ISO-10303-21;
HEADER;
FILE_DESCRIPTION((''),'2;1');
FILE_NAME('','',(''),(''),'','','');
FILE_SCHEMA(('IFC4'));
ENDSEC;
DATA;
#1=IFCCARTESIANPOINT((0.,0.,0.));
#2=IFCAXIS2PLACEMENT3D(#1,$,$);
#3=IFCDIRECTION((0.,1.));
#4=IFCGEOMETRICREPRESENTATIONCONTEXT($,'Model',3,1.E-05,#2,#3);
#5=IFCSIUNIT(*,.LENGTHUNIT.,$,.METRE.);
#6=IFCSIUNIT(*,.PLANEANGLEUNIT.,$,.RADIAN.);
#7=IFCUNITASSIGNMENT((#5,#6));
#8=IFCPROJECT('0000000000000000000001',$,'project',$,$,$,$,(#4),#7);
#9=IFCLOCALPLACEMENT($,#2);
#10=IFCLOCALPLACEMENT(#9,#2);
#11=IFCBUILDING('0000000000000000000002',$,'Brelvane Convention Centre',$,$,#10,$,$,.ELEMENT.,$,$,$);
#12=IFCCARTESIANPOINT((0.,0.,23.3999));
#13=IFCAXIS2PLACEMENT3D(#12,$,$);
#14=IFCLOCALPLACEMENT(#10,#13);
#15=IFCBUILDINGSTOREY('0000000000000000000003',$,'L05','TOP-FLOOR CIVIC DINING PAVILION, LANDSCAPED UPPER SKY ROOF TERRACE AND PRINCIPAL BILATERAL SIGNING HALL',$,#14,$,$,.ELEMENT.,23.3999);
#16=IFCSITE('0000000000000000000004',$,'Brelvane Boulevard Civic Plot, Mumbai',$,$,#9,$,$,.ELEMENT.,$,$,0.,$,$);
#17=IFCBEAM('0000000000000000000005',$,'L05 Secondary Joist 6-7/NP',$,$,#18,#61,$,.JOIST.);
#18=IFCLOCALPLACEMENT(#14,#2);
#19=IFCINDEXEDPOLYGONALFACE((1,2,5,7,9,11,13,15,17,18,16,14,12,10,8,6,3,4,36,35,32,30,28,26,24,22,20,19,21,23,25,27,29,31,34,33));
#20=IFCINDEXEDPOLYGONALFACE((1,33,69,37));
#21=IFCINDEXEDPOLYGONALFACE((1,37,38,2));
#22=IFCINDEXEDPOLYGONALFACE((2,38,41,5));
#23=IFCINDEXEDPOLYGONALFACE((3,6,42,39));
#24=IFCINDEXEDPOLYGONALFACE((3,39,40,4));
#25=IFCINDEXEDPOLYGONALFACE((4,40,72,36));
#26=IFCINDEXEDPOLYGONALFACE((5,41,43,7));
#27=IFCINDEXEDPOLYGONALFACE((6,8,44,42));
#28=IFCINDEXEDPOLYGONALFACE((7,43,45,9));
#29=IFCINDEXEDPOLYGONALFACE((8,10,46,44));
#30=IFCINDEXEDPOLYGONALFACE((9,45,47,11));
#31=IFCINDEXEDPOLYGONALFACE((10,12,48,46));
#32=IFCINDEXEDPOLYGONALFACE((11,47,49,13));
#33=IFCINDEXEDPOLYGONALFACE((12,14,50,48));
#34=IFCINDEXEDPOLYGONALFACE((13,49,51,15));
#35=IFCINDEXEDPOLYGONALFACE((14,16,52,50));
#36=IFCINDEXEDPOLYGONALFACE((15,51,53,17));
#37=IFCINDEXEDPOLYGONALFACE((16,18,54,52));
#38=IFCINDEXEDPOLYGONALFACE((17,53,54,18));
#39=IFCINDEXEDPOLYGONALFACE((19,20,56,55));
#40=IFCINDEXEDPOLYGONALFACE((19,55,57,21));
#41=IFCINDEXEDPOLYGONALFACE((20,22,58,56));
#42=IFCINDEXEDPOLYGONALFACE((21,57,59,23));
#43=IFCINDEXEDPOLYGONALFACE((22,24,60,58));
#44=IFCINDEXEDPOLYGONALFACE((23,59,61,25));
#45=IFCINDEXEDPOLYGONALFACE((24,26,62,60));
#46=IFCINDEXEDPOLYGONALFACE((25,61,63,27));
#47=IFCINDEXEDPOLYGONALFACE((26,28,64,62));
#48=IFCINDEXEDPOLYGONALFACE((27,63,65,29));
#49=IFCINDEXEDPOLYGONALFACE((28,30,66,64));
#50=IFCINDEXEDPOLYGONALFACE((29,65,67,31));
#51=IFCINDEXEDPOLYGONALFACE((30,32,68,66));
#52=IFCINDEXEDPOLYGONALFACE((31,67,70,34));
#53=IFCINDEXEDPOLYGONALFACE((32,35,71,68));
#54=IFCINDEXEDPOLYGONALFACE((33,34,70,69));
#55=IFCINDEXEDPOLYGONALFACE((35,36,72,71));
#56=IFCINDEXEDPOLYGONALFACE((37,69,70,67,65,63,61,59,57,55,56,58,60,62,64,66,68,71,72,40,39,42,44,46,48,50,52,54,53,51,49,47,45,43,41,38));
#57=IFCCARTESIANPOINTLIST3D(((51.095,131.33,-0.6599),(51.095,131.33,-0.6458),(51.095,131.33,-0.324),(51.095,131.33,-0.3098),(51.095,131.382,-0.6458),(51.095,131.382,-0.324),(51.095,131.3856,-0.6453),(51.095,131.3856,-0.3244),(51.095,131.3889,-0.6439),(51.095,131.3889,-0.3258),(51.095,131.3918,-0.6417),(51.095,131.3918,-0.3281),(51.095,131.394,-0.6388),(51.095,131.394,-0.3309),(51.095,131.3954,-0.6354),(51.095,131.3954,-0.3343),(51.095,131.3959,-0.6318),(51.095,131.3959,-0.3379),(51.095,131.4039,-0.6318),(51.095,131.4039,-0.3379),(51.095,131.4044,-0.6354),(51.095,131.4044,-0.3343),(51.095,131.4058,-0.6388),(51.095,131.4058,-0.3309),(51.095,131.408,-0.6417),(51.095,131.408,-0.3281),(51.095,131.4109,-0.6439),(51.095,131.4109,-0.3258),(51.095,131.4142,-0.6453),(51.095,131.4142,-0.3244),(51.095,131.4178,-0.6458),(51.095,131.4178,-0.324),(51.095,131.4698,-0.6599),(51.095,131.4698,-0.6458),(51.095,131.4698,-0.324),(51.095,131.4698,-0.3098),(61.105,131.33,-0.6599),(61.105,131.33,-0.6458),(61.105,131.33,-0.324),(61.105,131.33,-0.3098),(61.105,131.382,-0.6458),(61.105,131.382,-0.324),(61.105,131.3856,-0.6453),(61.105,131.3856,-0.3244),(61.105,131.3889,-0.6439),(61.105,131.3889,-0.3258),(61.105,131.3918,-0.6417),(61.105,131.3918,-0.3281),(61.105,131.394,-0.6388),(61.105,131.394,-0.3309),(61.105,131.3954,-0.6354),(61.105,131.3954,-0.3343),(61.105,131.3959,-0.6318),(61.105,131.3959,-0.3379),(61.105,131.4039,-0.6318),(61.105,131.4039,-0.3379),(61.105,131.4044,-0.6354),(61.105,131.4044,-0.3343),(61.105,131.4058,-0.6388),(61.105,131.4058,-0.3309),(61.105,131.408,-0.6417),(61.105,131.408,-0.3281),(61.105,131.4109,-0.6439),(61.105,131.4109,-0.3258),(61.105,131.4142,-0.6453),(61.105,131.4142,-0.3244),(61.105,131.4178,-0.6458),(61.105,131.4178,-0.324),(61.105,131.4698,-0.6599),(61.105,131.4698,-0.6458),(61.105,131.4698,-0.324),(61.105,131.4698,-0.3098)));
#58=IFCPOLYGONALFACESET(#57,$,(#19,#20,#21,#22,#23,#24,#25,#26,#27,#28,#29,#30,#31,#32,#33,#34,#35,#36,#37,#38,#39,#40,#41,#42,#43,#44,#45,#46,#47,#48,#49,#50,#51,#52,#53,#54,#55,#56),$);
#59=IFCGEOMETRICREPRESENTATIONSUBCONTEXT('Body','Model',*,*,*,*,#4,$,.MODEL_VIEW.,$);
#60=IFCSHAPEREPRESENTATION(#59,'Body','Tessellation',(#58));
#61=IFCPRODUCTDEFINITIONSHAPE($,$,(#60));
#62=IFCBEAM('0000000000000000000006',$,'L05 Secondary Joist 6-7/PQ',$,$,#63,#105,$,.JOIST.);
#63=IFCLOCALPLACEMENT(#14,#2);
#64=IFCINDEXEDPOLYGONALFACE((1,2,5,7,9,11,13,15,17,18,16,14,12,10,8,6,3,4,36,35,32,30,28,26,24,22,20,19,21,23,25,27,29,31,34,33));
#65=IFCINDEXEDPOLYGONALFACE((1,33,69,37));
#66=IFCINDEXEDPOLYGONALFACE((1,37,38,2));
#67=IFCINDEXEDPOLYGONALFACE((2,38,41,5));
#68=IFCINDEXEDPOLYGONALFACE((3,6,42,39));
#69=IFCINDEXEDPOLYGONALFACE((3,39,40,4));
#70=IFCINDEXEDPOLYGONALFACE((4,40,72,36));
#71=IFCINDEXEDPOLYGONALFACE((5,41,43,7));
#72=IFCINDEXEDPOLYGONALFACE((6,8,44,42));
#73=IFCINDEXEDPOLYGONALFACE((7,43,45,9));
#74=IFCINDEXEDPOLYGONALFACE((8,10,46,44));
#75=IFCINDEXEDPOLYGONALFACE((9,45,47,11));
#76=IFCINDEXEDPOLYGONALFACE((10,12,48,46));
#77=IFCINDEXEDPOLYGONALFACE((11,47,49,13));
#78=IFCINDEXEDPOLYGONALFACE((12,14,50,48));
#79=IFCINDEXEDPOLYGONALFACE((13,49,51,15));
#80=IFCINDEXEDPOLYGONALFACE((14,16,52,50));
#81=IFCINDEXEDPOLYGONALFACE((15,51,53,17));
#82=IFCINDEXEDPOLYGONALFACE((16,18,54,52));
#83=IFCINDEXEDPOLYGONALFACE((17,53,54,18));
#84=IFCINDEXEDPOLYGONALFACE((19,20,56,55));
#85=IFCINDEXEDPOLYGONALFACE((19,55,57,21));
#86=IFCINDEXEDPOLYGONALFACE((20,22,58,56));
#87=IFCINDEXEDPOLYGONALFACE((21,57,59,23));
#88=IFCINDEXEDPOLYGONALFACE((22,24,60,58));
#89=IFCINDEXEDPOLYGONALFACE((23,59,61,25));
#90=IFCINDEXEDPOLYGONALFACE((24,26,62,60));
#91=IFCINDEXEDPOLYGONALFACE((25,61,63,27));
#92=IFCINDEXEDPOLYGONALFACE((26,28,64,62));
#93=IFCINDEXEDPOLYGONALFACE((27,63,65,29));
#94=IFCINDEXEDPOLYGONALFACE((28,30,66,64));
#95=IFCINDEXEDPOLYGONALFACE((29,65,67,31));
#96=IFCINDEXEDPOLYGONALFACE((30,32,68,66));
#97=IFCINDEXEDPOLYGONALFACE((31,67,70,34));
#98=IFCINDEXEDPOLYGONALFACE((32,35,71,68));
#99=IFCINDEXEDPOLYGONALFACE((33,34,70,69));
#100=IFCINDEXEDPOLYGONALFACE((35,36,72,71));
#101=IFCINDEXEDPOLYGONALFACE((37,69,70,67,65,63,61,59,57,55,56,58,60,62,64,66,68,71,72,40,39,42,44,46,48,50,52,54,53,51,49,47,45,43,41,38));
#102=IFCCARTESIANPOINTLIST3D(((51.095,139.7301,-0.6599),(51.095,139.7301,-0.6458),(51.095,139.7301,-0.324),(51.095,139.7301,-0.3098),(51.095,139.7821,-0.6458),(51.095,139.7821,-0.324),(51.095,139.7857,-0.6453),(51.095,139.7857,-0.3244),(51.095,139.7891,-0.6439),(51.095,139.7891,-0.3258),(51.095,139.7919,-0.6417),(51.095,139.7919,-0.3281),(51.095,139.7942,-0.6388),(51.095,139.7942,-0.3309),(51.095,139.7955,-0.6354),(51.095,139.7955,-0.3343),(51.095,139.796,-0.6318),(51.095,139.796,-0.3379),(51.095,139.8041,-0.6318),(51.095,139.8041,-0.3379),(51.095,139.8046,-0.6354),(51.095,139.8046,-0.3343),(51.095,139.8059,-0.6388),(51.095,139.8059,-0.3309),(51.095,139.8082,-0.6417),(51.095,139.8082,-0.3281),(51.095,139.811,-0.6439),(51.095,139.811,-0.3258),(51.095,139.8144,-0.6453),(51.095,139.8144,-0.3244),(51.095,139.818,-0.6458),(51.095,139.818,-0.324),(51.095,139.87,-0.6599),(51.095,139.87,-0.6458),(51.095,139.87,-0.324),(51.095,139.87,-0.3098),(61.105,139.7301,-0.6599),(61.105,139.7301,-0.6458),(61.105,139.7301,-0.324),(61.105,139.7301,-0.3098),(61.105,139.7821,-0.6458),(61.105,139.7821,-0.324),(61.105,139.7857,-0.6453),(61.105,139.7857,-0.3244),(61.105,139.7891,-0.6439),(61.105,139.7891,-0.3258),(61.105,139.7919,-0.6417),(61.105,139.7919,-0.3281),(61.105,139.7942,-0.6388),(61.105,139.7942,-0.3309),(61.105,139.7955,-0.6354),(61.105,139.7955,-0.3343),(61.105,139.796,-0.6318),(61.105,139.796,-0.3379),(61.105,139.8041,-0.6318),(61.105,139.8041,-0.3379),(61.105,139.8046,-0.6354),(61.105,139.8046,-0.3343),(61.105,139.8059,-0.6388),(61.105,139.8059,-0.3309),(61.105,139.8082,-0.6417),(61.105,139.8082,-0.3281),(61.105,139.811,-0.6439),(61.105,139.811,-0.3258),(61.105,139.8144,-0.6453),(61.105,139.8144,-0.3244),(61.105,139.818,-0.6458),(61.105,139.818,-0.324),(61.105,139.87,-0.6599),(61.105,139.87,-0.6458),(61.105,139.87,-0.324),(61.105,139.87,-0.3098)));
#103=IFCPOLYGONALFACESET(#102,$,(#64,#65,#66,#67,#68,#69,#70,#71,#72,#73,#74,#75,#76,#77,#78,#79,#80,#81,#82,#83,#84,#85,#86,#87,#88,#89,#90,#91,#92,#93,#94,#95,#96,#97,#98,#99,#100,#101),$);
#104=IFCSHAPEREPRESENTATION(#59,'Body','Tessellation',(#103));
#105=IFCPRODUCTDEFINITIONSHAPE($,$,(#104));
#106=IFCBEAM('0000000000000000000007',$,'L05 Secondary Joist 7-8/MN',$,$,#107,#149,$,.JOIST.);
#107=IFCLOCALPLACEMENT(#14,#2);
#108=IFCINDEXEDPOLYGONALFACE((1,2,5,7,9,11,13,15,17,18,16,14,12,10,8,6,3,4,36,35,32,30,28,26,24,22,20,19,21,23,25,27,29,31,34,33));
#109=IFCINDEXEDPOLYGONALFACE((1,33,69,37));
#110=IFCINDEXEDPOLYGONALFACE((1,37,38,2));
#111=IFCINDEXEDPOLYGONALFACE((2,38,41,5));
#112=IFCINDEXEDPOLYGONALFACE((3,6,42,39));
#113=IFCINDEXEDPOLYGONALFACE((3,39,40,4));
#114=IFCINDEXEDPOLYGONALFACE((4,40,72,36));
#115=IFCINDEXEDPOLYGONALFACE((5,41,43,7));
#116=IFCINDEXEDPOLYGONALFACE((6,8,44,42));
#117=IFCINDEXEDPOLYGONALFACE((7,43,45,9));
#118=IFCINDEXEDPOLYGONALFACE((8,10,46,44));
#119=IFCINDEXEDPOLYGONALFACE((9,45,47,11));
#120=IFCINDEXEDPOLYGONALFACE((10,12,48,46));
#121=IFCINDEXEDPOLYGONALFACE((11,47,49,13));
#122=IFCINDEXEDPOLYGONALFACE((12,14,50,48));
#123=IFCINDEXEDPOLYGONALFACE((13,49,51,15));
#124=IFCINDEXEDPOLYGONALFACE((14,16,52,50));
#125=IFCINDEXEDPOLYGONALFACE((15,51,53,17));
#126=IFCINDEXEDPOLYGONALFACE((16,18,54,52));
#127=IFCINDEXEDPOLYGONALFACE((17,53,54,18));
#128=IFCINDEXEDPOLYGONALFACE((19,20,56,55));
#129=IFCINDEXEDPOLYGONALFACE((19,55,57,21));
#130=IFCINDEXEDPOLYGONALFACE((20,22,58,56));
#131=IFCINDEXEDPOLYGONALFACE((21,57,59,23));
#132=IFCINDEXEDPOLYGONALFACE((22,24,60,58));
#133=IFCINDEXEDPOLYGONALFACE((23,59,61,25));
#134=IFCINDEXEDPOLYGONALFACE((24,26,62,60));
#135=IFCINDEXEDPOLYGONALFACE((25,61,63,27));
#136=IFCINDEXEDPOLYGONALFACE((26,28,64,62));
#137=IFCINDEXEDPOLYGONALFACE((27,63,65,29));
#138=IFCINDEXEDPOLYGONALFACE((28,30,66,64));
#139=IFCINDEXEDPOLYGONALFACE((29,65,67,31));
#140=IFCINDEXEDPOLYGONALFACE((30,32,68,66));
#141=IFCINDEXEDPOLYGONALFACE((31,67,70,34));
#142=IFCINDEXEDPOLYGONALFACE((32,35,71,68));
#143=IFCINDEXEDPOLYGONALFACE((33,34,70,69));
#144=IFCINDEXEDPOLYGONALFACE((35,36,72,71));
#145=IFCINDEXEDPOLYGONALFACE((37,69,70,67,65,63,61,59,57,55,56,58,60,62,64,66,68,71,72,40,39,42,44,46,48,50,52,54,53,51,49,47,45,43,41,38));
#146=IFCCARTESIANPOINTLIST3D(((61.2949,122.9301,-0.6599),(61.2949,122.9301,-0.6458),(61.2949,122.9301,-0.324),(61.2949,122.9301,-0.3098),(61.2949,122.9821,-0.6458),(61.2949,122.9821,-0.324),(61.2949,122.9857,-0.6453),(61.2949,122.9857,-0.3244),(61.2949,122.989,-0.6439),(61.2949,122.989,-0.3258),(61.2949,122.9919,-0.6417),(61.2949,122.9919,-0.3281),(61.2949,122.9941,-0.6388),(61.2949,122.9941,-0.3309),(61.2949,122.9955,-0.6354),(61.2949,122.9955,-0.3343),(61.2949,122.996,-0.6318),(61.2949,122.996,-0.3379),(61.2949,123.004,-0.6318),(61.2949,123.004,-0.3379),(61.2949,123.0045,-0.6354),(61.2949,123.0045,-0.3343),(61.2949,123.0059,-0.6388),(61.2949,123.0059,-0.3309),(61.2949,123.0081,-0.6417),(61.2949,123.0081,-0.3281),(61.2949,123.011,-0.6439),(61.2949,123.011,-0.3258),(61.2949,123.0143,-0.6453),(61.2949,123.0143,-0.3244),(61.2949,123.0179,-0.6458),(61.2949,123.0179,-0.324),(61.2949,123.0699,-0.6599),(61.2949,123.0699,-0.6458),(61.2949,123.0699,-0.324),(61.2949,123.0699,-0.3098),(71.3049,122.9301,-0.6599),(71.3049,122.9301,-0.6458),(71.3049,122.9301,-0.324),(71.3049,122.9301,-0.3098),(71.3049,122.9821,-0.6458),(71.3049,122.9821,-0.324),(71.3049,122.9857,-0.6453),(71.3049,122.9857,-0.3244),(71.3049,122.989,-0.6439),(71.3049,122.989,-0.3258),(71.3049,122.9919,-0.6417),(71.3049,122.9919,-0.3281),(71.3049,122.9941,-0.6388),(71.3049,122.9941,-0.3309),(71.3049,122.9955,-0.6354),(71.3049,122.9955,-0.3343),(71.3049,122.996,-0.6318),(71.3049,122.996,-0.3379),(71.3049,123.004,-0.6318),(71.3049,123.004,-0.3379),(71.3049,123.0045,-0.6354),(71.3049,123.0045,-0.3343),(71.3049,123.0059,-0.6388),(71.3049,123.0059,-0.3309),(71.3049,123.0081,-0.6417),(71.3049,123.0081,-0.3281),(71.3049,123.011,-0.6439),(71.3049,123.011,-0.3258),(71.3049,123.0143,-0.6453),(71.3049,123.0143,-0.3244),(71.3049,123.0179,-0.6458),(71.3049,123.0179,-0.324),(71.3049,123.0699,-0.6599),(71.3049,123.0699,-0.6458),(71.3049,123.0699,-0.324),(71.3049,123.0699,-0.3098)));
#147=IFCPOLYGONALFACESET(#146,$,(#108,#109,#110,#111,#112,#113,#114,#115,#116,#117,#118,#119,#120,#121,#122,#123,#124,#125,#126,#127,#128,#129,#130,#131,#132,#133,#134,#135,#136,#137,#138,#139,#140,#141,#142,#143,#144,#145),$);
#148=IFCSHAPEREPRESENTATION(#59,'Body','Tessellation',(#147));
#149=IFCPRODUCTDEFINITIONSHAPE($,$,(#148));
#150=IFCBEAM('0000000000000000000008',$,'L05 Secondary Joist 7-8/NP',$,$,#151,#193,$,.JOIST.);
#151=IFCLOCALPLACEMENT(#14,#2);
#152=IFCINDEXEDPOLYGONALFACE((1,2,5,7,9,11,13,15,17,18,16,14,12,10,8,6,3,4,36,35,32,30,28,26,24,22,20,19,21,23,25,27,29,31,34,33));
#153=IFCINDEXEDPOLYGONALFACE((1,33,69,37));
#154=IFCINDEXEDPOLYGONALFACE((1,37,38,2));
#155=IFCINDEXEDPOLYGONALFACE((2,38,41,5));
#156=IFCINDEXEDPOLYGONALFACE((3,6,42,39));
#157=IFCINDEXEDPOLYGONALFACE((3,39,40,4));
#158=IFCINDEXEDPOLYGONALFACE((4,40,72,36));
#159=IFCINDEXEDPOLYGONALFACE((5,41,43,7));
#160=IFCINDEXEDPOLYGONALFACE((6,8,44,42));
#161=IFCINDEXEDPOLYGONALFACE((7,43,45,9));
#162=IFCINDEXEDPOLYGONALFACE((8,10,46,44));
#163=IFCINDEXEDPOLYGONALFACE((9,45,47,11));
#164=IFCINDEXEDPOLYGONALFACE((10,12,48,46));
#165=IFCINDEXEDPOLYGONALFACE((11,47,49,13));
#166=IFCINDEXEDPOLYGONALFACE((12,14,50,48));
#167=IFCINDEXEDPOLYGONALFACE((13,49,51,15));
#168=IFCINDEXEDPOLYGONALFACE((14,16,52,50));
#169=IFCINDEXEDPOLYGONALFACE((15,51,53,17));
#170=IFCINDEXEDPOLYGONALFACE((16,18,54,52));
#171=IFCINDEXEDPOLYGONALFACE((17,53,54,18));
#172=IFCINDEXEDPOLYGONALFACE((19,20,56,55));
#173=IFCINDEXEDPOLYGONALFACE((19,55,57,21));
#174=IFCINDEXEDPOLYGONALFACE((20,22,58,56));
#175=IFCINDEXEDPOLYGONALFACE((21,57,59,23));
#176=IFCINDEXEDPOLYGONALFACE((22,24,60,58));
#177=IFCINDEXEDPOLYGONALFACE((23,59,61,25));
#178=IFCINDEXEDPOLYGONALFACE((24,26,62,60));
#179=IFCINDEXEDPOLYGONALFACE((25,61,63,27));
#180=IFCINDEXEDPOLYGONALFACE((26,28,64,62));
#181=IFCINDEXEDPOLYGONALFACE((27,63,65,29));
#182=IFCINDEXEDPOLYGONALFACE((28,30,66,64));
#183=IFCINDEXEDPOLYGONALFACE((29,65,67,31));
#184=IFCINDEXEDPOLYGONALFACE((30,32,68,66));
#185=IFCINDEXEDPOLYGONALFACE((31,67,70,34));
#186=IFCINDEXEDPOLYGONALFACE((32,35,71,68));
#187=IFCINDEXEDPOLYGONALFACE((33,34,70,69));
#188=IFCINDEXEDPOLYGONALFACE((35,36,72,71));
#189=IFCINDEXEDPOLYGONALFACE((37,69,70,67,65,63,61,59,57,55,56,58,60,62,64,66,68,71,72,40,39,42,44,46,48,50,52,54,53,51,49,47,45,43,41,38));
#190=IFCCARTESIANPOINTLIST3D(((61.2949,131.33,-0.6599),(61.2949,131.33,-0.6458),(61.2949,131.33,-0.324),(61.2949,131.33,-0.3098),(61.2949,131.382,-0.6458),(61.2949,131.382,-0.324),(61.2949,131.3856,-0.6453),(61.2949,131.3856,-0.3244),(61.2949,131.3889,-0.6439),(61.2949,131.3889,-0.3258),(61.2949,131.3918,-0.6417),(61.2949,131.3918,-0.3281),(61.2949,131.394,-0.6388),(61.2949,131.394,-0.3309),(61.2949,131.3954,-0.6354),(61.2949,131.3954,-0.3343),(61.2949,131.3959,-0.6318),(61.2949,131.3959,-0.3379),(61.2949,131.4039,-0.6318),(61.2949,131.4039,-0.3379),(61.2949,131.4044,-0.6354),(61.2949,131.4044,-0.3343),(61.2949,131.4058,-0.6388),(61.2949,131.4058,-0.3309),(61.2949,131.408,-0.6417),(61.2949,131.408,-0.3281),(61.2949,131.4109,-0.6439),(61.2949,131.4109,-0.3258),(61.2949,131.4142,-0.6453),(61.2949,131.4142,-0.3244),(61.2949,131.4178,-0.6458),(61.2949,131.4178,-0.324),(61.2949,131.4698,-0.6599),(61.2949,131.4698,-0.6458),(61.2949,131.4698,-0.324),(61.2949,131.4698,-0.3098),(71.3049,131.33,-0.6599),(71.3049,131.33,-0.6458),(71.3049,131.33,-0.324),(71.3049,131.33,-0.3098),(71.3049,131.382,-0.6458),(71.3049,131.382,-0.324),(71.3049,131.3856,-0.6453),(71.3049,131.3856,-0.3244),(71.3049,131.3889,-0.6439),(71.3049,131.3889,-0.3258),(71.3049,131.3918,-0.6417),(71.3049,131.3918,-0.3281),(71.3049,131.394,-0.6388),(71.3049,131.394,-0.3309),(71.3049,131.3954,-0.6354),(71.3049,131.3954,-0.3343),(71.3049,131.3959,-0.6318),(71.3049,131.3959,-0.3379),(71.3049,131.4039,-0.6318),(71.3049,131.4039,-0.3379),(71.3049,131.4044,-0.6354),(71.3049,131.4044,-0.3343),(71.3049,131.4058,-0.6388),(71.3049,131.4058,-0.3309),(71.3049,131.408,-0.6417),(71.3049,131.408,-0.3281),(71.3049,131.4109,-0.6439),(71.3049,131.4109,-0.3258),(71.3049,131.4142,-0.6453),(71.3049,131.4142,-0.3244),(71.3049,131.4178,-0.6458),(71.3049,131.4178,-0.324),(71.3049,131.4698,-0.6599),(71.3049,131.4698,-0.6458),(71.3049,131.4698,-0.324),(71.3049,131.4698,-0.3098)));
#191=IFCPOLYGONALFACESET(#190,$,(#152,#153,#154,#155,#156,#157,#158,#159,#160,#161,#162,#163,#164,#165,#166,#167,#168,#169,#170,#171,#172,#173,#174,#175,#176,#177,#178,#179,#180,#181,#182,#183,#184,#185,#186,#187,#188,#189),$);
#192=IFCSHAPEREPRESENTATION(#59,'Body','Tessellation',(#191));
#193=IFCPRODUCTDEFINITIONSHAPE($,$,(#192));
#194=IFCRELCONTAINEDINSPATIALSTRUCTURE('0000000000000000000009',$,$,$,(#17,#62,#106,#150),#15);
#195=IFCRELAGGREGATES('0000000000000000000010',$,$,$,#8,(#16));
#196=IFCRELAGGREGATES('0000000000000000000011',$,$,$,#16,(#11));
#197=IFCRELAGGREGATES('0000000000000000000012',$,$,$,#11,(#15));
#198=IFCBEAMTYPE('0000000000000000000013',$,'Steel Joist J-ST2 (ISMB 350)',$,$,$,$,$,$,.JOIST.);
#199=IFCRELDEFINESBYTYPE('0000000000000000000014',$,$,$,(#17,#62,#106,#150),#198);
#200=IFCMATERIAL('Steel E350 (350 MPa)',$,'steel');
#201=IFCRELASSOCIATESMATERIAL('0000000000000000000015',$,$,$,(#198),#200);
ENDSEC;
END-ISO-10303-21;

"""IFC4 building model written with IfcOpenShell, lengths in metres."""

from ifc_helpers import new_model, si_unit, direction, frame, origin, origin_2d, place, context, subcontext, project, spatial, i_section, extrude, material, material_profile, profile_set, type_object, element, save


model = new_model("IFC4")

# Units and contexts
model_context = context("Model", 3, precision=1e-05, world=origin(), true_north=direction((0.0, 1.0)))
body_context = subcontext(model_context, "Body", "Model", "MODEL_VIEW")
ifc_project = project(units=[si_unit("LENGTHUNIT", "METRE"), si_unit("PLANEANGLEUNIT", "RADIAN")], contexts=[model_context])

# Site, building, storey
site_placement = place(None, origin())
site = spatial("IfcSite", under=ifc_project, at=site_placement, Name="Brelvane Boulevard Civic Plot, Mumbai", CompositionType="ELEMENT", RefElevation=0.0)
building_placement = place(site_placement, origin())
building = spatial("IfcBuilding", under=site, at=building_placement, Name="Brelvane Convention Centre", CompositionType="ELEMENT")
storey_placement = place(building_placement, frame((0.0, 0.0, 23.3999)))
storey = spatial("IfcBuildingStorey", under=building, at=storey_placement, Name="L05", Description="TOP-FLOOR CIVIC DINING PAVILION, LANDSCAPED UPPER SKY ROOF TERRACE AND PRINCIPAL BILATERAL SIGNING HALL", CompositionType="ELEMENT", Elevation=23.3999)

# Beams
ifc_material_1 = material(Name="Steel E350 (350 MPa)", Category="steel")
ifc_material_profile_1 = material_profile(ifc_material_1, i_section(OverallWidth=0.1399, OverallDepth=0.3501, WebThickness=0.0081, FlangeThickness=0.0142, FilletRadius=0.0139, at=origin_2d()), Name="ISMB 350")
ifc_profile_set_1 = profile_set([ifc_material_profile_1], Name="Steel E350 (350 MPa)")
beam_type_1 = type_object("IfcBeamType", Name="Steel Joist J-ST2 (ISMB 350)", PredefinedType="JOIST", material=ifc_profile_set_1)
for number, where, z_axis, x_axis, name in (
    (1, (51.095, 131.3999, -0.4849), (1.0, 0.0, 0.0), (0.0, 1.0, 0.0), "L05 Secondary Joist 6-7/NP"),
    (2, (51.095, 139.8, -0.4849), (1.0, 0.0, 0.0), (0.0, 1.0, 0.0), "L05 Secondary Joist 6-7/PQ"),
    (3, (61.2949, 123.0, -0.4849), (1.0, 0.0, 0.0), (0.0, 1.0, 0.0), "L05 Secondary Joist 7-8/MN"),
    (4, (61.2949, 131.3999, -0.4849), (1.0, 0.0, 0.0), (0.0, 1.0, 0.0), "L05 Secondary Joist 7-8/NP"),
):
    element("IfcBeam", number, at=place(storey_placement, frame(where, z_axis=z_axis, x_axis=x_axis)), inside=storey, type_object=beam_type_1, Name=name, PredefinedType="JOIST", context=body_context, shape_type="SweptSolid", body=[
        extrude(i_section(OverallWidth=0.1399, OverallDepth=0.3501, WebThickness=0.0081, FlangeThickness=0.0142, FilletRadius=0.0139, at=origin_2d()), origin(), (0.0, 0.0, 1.0), 10.01),
    ])

save(model, "model.ifc")
